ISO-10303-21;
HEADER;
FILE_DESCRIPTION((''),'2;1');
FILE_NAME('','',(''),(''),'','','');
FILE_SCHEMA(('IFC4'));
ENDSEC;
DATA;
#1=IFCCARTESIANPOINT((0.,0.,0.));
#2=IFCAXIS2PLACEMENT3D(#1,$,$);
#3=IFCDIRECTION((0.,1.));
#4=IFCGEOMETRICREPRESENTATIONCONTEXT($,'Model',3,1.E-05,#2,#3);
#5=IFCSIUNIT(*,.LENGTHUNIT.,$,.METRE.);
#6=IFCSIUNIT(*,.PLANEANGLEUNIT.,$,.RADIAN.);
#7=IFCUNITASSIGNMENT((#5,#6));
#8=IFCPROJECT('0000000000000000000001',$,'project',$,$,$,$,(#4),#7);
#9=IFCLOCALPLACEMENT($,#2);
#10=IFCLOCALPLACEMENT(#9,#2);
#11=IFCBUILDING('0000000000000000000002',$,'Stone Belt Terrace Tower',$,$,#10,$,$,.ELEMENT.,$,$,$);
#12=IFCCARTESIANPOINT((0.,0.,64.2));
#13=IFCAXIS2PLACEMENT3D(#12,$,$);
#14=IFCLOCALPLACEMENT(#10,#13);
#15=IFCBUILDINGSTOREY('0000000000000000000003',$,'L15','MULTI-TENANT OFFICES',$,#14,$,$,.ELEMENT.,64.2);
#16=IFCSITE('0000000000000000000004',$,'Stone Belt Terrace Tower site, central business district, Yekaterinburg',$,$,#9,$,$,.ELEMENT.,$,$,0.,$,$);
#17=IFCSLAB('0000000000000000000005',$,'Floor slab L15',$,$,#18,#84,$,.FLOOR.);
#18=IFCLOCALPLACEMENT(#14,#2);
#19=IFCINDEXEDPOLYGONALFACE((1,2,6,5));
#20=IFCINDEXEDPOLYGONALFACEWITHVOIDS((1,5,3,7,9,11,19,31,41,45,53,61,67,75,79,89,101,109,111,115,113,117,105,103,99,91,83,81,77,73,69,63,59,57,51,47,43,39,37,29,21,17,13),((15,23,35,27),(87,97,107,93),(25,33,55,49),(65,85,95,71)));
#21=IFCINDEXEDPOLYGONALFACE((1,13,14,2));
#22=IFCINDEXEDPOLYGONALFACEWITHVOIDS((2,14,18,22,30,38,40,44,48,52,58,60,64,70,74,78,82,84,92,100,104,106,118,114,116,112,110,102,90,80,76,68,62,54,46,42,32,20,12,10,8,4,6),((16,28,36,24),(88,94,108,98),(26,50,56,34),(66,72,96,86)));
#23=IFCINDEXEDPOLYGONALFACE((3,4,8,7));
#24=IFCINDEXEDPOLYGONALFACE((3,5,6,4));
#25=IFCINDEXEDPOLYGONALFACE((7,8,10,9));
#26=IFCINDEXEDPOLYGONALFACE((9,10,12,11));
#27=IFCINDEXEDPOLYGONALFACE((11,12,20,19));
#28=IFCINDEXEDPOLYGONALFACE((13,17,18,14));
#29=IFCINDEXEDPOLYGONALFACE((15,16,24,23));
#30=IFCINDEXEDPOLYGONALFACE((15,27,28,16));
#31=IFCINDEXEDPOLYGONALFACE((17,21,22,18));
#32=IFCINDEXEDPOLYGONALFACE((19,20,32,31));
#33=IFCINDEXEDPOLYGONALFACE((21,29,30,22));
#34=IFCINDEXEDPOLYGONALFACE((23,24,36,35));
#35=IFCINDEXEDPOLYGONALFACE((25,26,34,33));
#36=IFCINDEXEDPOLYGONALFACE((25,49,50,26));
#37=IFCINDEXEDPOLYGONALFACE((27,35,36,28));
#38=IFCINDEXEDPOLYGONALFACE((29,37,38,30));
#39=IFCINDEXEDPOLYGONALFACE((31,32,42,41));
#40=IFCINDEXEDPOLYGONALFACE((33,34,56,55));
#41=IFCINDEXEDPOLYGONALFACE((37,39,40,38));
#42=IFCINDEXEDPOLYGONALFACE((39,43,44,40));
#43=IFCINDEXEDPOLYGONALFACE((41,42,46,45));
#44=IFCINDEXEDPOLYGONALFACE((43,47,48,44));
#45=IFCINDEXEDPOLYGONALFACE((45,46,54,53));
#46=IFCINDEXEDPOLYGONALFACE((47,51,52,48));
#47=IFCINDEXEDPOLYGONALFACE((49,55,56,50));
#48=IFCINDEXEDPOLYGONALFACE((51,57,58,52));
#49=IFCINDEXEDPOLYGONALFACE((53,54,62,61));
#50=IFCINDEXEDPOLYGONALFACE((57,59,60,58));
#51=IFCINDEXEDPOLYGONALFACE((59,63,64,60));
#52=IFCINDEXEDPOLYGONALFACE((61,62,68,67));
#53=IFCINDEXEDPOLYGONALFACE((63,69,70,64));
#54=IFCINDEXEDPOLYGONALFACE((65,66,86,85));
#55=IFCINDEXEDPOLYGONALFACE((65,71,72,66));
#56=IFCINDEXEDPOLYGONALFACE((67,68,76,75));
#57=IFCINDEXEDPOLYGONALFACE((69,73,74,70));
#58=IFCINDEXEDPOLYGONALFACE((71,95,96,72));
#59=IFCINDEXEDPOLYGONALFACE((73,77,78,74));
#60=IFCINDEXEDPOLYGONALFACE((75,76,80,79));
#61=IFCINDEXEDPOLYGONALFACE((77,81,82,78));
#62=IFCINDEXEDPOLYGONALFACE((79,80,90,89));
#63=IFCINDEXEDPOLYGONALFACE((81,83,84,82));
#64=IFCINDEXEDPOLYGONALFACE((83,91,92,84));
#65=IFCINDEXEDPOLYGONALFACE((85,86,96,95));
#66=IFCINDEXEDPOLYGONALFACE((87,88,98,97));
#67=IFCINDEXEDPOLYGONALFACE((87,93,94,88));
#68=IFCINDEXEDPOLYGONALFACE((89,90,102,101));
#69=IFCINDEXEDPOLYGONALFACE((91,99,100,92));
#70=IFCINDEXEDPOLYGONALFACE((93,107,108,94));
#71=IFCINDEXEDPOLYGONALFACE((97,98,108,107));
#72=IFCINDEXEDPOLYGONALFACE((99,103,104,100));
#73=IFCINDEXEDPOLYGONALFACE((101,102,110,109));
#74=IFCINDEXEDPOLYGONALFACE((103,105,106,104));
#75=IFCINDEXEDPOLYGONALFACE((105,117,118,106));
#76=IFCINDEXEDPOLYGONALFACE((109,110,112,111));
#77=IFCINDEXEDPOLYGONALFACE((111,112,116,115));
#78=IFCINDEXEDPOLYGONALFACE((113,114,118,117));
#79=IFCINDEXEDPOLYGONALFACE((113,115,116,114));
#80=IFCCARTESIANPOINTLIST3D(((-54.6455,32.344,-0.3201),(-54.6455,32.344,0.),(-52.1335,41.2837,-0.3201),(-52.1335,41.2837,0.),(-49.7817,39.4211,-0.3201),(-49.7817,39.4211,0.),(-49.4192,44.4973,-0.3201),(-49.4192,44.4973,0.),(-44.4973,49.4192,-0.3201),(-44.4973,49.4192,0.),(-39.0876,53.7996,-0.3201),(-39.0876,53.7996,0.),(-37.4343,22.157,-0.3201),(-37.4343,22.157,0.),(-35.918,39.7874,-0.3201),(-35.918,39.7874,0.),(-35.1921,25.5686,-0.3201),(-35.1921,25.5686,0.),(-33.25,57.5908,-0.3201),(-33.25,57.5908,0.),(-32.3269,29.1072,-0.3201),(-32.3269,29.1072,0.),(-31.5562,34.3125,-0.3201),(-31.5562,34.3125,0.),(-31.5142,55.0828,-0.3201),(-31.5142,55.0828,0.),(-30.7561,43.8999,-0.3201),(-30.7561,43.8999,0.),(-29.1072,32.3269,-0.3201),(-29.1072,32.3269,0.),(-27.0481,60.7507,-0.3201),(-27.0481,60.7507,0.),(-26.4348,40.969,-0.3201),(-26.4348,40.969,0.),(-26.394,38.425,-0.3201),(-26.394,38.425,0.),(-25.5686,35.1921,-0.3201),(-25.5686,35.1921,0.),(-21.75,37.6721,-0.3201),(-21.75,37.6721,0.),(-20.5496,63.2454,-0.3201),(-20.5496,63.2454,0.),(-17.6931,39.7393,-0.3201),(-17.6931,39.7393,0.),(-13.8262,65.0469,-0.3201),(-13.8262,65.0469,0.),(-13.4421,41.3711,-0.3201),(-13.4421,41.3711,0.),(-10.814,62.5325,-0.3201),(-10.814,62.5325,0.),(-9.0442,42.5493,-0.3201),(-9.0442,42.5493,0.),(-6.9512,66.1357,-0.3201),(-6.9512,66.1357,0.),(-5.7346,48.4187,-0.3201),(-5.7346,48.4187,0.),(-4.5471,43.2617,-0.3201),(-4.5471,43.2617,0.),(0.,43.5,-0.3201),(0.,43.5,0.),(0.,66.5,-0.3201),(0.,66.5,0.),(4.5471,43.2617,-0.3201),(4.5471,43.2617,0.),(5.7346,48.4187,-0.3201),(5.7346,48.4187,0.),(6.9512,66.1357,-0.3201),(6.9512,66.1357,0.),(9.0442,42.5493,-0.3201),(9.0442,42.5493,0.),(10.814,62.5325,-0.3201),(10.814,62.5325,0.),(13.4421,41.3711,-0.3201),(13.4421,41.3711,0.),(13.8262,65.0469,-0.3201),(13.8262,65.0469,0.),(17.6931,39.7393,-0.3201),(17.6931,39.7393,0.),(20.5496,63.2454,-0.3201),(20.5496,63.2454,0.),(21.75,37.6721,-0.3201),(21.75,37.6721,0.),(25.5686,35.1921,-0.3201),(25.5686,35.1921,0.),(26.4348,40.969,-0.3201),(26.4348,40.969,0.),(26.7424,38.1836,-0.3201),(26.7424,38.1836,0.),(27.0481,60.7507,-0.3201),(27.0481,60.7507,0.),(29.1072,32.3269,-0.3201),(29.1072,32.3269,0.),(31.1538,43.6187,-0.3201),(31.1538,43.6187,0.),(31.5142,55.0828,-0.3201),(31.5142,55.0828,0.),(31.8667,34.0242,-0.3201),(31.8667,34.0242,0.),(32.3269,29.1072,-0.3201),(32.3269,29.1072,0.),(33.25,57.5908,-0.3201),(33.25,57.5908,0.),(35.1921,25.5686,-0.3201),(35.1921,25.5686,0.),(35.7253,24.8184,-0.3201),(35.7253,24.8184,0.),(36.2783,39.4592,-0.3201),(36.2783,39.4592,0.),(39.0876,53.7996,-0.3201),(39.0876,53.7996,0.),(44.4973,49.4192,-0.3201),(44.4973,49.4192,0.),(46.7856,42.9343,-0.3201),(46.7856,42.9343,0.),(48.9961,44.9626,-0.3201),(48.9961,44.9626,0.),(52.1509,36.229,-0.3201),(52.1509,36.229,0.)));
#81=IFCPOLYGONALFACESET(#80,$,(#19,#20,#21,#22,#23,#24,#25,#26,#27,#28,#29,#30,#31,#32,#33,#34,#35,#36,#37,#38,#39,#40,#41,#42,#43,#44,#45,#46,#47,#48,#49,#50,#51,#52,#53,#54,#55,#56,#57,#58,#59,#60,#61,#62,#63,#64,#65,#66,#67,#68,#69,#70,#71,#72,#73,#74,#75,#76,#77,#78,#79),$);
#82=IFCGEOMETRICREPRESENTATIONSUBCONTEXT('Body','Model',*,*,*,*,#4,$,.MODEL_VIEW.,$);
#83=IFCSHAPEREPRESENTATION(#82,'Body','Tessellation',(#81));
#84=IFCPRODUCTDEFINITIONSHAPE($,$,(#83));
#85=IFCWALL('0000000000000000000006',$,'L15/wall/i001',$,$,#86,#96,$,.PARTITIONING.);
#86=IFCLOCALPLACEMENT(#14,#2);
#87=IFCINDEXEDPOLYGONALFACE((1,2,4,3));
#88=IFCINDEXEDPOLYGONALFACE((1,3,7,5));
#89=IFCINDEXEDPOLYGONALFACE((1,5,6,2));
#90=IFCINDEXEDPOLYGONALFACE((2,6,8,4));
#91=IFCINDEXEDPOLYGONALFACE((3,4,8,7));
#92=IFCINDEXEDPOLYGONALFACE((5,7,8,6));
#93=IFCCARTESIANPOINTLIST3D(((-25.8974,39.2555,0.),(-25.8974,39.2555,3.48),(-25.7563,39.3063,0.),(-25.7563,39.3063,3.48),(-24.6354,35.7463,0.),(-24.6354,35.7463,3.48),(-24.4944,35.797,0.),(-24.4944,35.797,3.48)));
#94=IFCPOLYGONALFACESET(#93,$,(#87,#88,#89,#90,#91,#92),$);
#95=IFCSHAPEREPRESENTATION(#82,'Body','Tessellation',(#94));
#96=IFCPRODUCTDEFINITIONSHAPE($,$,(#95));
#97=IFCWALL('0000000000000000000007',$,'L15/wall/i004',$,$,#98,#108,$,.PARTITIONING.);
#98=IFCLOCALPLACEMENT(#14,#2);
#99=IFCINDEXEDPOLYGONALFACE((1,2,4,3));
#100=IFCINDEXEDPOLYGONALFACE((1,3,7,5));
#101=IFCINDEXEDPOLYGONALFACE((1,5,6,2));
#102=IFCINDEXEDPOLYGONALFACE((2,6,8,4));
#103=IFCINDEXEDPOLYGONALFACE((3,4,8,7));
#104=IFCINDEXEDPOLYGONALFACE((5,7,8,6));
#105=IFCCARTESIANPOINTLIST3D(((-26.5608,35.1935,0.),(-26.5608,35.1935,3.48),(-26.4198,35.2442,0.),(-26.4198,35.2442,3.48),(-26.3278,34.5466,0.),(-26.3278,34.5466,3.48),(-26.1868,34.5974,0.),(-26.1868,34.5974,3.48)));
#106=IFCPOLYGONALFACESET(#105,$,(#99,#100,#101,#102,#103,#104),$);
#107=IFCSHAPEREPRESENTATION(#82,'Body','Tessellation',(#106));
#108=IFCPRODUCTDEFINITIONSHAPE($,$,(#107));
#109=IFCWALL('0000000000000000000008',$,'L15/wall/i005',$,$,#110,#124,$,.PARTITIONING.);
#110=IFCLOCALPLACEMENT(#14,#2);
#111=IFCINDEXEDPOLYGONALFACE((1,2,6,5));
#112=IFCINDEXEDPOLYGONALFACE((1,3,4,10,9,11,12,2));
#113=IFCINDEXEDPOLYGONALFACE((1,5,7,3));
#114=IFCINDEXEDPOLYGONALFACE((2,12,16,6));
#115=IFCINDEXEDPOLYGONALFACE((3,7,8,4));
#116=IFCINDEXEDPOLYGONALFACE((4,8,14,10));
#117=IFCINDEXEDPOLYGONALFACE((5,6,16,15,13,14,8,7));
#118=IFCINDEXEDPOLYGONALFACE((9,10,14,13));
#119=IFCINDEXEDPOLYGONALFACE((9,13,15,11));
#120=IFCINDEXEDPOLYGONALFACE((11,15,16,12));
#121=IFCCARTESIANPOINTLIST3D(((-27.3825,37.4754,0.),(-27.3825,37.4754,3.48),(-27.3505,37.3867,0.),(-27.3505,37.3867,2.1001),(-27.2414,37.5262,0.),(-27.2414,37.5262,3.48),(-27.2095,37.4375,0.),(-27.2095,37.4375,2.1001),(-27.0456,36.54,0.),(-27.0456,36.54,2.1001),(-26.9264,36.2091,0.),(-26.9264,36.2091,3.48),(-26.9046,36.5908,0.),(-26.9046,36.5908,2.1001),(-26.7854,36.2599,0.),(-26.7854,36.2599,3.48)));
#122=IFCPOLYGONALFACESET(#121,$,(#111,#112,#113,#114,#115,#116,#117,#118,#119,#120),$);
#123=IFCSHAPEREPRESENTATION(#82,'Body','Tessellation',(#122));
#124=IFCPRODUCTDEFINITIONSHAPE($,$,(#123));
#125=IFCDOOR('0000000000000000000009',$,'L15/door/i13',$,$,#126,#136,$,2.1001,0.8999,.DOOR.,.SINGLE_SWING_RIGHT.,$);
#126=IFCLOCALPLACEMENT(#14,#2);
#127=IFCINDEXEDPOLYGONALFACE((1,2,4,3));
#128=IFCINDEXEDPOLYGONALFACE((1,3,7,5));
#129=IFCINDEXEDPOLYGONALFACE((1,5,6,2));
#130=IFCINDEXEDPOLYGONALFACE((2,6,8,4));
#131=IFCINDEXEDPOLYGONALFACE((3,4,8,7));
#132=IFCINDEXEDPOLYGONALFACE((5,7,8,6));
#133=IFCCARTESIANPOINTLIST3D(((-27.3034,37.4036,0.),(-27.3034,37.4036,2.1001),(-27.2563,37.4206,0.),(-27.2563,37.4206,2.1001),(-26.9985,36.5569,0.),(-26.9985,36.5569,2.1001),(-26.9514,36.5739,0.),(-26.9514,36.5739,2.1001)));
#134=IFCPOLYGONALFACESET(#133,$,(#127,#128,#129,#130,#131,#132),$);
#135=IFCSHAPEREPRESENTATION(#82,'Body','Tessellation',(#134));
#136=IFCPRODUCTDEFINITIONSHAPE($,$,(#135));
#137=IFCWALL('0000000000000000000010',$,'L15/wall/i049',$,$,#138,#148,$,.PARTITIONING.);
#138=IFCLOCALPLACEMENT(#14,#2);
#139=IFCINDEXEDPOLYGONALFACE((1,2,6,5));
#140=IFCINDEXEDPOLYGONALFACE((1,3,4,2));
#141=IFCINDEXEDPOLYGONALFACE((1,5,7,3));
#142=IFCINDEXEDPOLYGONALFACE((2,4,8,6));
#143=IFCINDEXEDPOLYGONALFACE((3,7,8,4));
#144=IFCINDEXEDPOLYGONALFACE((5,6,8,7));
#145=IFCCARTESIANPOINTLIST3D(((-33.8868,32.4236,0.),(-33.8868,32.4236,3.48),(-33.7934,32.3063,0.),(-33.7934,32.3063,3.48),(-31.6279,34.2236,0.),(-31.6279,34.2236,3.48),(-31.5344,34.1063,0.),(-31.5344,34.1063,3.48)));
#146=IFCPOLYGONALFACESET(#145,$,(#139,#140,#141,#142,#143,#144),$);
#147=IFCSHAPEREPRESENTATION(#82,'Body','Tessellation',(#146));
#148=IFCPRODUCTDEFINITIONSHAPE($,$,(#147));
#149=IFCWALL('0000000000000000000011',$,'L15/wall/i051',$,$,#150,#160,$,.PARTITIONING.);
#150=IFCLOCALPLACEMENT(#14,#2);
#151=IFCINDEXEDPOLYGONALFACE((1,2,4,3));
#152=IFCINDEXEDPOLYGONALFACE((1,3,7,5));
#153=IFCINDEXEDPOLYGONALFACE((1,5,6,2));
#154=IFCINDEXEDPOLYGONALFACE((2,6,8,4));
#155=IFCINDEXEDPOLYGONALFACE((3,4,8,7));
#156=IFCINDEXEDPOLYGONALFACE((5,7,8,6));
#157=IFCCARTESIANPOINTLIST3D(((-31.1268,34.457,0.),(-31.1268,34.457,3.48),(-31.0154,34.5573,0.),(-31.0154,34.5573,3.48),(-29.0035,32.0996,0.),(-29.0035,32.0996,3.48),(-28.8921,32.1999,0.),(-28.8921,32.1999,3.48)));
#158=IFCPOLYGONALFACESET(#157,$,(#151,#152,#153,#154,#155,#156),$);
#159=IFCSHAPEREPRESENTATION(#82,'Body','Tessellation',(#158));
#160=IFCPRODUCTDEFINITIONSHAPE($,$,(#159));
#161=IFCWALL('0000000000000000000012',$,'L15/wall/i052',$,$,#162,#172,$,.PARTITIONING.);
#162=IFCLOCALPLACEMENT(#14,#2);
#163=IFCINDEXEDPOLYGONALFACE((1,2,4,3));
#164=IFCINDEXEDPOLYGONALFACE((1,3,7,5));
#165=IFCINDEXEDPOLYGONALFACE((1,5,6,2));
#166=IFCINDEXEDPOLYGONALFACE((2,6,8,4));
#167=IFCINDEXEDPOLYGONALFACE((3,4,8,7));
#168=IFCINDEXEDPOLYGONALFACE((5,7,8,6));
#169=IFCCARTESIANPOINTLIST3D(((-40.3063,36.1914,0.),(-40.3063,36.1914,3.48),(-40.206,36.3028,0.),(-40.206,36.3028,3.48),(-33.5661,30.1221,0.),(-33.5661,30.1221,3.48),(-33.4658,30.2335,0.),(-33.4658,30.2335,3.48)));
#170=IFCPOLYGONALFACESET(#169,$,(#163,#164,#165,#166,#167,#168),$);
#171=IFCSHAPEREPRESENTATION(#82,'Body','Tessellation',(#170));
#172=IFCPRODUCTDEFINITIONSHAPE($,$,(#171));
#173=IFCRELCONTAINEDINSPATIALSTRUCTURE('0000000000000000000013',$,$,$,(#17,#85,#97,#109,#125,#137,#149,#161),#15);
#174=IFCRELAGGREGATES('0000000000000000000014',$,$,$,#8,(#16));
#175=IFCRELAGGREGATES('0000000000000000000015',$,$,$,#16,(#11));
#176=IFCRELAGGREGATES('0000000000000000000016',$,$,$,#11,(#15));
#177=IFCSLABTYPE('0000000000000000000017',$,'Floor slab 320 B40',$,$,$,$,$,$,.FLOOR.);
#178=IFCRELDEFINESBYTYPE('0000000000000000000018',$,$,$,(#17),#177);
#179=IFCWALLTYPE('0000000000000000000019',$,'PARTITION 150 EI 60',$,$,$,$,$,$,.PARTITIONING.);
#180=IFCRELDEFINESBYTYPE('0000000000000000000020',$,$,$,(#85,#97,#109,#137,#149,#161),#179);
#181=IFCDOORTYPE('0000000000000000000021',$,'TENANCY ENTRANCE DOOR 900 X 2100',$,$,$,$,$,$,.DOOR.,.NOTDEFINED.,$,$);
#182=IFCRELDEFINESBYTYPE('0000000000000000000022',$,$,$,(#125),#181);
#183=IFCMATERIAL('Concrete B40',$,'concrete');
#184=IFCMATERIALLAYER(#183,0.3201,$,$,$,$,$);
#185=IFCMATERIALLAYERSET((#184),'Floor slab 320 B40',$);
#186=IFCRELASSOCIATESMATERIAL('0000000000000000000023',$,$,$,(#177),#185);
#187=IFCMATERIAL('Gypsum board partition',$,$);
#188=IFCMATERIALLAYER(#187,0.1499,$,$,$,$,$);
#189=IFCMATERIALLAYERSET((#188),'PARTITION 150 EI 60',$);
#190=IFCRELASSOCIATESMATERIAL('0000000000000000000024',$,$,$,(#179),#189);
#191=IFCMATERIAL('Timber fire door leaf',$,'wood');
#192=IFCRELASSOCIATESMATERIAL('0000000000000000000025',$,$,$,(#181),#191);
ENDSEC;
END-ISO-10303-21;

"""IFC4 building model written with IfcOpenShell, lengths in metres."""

from ifc_helpers import new_model, si_unit, direction, frame, frame_2d, origin, place, context, subcontext, project, spatial, polyline, rectangle, outline, extrude, material, layer, layer_set, type_object, element, fill, save


model = new_model("IFC4")

# Units and contexts
model_context = context("Model", 3, precision=1e-05, world=origin(), true_north=direction((0.0, 1.0)))
body_context = subcontext(model_context, "Body", "Model", "MODEL_VIEW")
ifc_project = project(units=[si_unit("LENGTHUNIT", "METRE"), si_unit("PLANEANGLEUNIT", "RADIAN")], contexts=[model_context])

# Site, building, storey
site_placement = place(None, origin())
site = spatial("IfcSite", under=ifc_project, at=site_placement, Name="Stone Belt Terrace Tower site, central business district, Yekaterinburg", CompositionType="ELEMENT", RefElevation=0.0)
building_placement = place(site_placement, origin())
building = spatial("IfcBuilding", under=site, at=building_placement, Name="Stone Belt Terrace Tower", CompositionType="ELEMENT")
storey_placement = place(building_placement, frame((0.0, 0.0, 64.2)))
storey = spatial("IfcBuildingStorey", under=building, at=storey_placement, Name="L15", Description="MULTI-TENANT OFFICES", CompositionType="ELEMENT", Elevation=64.2)

# Slab
ifc_material_1 = material(Name="Concrete B40", Category="concrete")
ifc_layer_1 = layer(ifc_material_1, 0.3201)
ifc_layer_set_1 = layer_set([ifc_layer_1], Name="Floor slab 320 B40")
slab_type = type_object("IfcSlabType", Name="Floor slab 320 B40", PredefinedType="FLOOR", material=ifc_layer_set_1)
slab_placement = place(storey_placement, frame((0.0, 0.0, -0.3201)))
element("IfcSlab", 1, at=slab_placement, inside=storey, type_object=slab_type, Name="Floor slab L15", PredefinedType="FLOOR", context=body_context, shape_type="SweptSolid", body=[
    extrude(outline(polyline([(-49.4192, 44.4973), (-44.4973, 49.4192), (-39.0876, 53.7996), (-33.25, 57.5908), (-27.0481, 60.7507), (-20.5496, 63.2454), (-13.8262, 65.0469), (-6.9512, 66.1357), (0.0, 66.5), (6.9512, 66.1357), (13.8262, 65.0469), (20.5496, 63.2454), (27.0481, 60.7507), (33.25, 57.5908), (39.0876, 53.7996), (44.4973, 49.4192), (48.9961, 44.9626), (46.7856, 42.9343), (52.1509, 36.229), (35.7253, 24.8184), (35.1921, 25.5686), (32.3269, 29.1072), (29.1072, 32.3269), (25.5686, 35.1921), (21.75, 37.6721), (17.6931, 39.7393), (13.4421, 41.3711), (9.0442, 42.5493), (4.5471, 43.2617), (0.0, 43.5), (-4.5471, 43.2617), (-9.0442, 42.5493), (-13.4421, 41.3711), (-17.6931, 39.7393), (-21.75, 37.6721), (-25.5686, 35.1921), (-29.1072, 32.3269), (-32.3269, 29.1072), (-35.1921, 25.5686), (-37.4343, 22.157), (-54.6455, 32.344), (-49.7817, 39.4211), (-52.1335, 41.2837), (-49.4192, 44.4973)]), holes=[polyline([(-26.4348, 40.969), (-5.7346, 48.4187), (-10.814, 62.5325), (-31.5142, 55.0828), (-26.4348, 40.969)]), polyline([(10.814, 62.5325), (5.7346, 48.4187), (26.4348, 40.969), (31.5142, 55.0828), (10.814, 62.5325)]), polyline([(-35.918, 39.7874), (-31.5562, 34.3125), (-26.394, 38.425), (-30.7561, 43.8999), (-35.918, 39.7874)]), polyline([(36.2783, 39.4592), (31.1538, 43.6187), (26.7424, 38.1836), (31.8667, 34.0242), (36.2783, 39.4592)])]), origin(), (0.0, 0.0, 1.0), 0.3201),
])

# Walls
ifc_material_2 = material(Name="Gypsum board partition")
ifc_layer_2 = layer(ifc_material_2, 0.1499)
ifc_layer_set_2 = layer_set([ifc_layer_2], Name="PARTITION 150 EI 60")
wall_type_1 = type_object("IfcWallType", Name="PARTITION 150 EI 60", PredefinedType="PARTITIONING", material=ifc_layer_set_2)
wall_1_placement = place(storey_placement, frame((-25.8269, 39.281, 0.0), z_axis=(0.0, 0.0, 1.0), x_axis=(0.338393, -0.941005, 0.0)))
element("IfcWall", 2, at=wall_1_placement, inside=storey, type_object=wall_type_1, Name="L15/wall/i001", PredefinedType="PARTITIONING", context=body_context, shape_type="SweptSolid", body=[
    extrude(rectangle(XDim=3.7292, YDim=0.1499, at=frame_2d((1.8647, 0.0))), origin(), (0.0, 0.0, 1.0), 3.48),
])
wall_2_placement = place(storey_placement, frame((-26.2573, 34.572, 0.0), z_axis=(0.0, 0.0, 1.0), x_axis=(-0.338833, 0.940847, 0.0)))
element("IfcWall", 3, at=wall_2_placement, inside=storey, type_object=wall_type_1, Name="L15/wall/i004", PredefinedType="PARTITIONING", context=body_context, shape_type="SweptSolid", body=[
    extrude(rectangle(XDim=0.6875, YDim=0.1499, at=frame_2d((0.3438, 0.0))), origin(), (0.0, 0.0, 1.0), 3.48),
])

# Wall, opening, door
wall_3_placement = place(storey_placement, frame((-26.856, 36.2346, 0.0), z_axis=(0.0, 0.0, 1.0), x_axis=(-0.338829, 0.940848, 0.0)))
wall_3 = element("IfcWall", 4, at=wall_3_placement, inside=storey, type_object=wall_type_1, Name="L15/wall/i005", PredefinedType="PARTITIONING", context=body_context, shape_type="SweptSolid", body=[
    extrude(rectangle(XDim=1.3459, YDim=0.1499, at=frame_2d((0.6729, 0.0))), origin(), (0.0, 0.0, 1.0), 3.48),
])
opening_1_placement = place(wall_3_placement, frame((0.3516, 0.0, 0.0)))
opening_1 = element("IfcOpeningElement", 5, at=opening_1_placement, cuts=wall_3, PredefinedType="OPENING", context=body_context, shape_type="SweptSolid", body=[
    extrude(rectangle(XDim=0.8999, YDim=2.1001, at=frame_2d((0.45, 1.05))), frame((0.0, 0.085, 0.0), z_axis=(0.0, -1.0, 0.0), x_axis=(1.0, 0.0, 0.0)), (0.0, 0.0, 1.0), 0.1699),
])
ifc_material_3 = material(Name="Timber fire door leaf", Category="wood")
door_type_1 = type_object("IfcDoorType", Name="TENANCY ENTRANCE DOOR 900 X 2100", OperationType="NOTDEFINED", PredefinedType="DOOR", material=ifc_material_3)
door_1_placement = place(opening_1_placement, origin())
door_1 = element("IfcDoor", 6, at=door_1_placement, inside=storey, type_object=door_type_1, Name="L15/door/i13", OperationType="SINGLE_SWING_RIGHT", OverallHeight=2.1001, OverallWidth=0.8999, PredefinedType="DOOR", context=body_context, shape_type="SweptSolid", body=[
    extrude(rectangle(XDim=0.8999, YDim=2.1001, at=frame_2d((0.45, 1.05))), frame((0.0, 0.0249, 0.0), z_axis=(0.0, -1.0, 0.0), x_axis=(1.0, 0.0, 0.0)), (0.0, 0.0, 1.0), 0.05),
])
fill(opening_1, door_1)

# Walls
wall_4_placement = place(storey_placement, frame((-31.5811, 34.165, 0.0), z_axis=(0.0, 0.0, 1.0), x_axis=(-0.78208, -0.623179, 0.0)))
element("IfcWall", 7, at=wall_4_placement, inside=storey, type_object=wall_type_1, Name="L15/wall/i049", PredefinedType="PARTITIONING", context=body_context, shape_type="SweptSolid", body=[
    extrude(rectangle(XDim=2.8884, YDim=0.1499, at=frame_2d((1.4443, 0.0))), origin(), (0.0, 0.0, 1.0), 3.48),
])
wall_5_placement = place(storey_placement, frame((-28.9478, 32.1497, 0.0), z_axis=(0.0, 0.0, 1.0), x_axis=(-0.669245, 0.743042, 0.0)))
element("IfcWall", 8, at=wall_5_placement, inside=storey, type_object=wall_type_1, Name="L15/wall/i051", PredefinedType="PARTITIONING", context=body_context, shape_type="SweptSolid", body=[
    extrude(rectangle(XDim=3.1726, YDim=0.1499, at=frame_2d((1.5864, 0.0))), origin(), (0.0, 0.0, 1.0), 3.48),
])
wall_6_placement = place(storey_placement, frame((-33.5159, 30.1777, 0.0), z_axis=(0.0, 0.0, 1.0), x_axis=(-0.743123, 0.669155, 0.0)))
element("IfcWall", 9, at=wall_6_placement, inside=storey, type_object=wall_type_1, Name="L15/wall/i052", PredefinedType="PARTITIONING", context=body_context, shape_type="SweptSolid", body=[
    extrude(rectangle(XDim=9.0701, YDim=0.1499, at=frame_2d((4.5352, 0.0))), origin(), (0.0, 0.0, 1.0), 3.48),
])

save(model, "model.ifc")
